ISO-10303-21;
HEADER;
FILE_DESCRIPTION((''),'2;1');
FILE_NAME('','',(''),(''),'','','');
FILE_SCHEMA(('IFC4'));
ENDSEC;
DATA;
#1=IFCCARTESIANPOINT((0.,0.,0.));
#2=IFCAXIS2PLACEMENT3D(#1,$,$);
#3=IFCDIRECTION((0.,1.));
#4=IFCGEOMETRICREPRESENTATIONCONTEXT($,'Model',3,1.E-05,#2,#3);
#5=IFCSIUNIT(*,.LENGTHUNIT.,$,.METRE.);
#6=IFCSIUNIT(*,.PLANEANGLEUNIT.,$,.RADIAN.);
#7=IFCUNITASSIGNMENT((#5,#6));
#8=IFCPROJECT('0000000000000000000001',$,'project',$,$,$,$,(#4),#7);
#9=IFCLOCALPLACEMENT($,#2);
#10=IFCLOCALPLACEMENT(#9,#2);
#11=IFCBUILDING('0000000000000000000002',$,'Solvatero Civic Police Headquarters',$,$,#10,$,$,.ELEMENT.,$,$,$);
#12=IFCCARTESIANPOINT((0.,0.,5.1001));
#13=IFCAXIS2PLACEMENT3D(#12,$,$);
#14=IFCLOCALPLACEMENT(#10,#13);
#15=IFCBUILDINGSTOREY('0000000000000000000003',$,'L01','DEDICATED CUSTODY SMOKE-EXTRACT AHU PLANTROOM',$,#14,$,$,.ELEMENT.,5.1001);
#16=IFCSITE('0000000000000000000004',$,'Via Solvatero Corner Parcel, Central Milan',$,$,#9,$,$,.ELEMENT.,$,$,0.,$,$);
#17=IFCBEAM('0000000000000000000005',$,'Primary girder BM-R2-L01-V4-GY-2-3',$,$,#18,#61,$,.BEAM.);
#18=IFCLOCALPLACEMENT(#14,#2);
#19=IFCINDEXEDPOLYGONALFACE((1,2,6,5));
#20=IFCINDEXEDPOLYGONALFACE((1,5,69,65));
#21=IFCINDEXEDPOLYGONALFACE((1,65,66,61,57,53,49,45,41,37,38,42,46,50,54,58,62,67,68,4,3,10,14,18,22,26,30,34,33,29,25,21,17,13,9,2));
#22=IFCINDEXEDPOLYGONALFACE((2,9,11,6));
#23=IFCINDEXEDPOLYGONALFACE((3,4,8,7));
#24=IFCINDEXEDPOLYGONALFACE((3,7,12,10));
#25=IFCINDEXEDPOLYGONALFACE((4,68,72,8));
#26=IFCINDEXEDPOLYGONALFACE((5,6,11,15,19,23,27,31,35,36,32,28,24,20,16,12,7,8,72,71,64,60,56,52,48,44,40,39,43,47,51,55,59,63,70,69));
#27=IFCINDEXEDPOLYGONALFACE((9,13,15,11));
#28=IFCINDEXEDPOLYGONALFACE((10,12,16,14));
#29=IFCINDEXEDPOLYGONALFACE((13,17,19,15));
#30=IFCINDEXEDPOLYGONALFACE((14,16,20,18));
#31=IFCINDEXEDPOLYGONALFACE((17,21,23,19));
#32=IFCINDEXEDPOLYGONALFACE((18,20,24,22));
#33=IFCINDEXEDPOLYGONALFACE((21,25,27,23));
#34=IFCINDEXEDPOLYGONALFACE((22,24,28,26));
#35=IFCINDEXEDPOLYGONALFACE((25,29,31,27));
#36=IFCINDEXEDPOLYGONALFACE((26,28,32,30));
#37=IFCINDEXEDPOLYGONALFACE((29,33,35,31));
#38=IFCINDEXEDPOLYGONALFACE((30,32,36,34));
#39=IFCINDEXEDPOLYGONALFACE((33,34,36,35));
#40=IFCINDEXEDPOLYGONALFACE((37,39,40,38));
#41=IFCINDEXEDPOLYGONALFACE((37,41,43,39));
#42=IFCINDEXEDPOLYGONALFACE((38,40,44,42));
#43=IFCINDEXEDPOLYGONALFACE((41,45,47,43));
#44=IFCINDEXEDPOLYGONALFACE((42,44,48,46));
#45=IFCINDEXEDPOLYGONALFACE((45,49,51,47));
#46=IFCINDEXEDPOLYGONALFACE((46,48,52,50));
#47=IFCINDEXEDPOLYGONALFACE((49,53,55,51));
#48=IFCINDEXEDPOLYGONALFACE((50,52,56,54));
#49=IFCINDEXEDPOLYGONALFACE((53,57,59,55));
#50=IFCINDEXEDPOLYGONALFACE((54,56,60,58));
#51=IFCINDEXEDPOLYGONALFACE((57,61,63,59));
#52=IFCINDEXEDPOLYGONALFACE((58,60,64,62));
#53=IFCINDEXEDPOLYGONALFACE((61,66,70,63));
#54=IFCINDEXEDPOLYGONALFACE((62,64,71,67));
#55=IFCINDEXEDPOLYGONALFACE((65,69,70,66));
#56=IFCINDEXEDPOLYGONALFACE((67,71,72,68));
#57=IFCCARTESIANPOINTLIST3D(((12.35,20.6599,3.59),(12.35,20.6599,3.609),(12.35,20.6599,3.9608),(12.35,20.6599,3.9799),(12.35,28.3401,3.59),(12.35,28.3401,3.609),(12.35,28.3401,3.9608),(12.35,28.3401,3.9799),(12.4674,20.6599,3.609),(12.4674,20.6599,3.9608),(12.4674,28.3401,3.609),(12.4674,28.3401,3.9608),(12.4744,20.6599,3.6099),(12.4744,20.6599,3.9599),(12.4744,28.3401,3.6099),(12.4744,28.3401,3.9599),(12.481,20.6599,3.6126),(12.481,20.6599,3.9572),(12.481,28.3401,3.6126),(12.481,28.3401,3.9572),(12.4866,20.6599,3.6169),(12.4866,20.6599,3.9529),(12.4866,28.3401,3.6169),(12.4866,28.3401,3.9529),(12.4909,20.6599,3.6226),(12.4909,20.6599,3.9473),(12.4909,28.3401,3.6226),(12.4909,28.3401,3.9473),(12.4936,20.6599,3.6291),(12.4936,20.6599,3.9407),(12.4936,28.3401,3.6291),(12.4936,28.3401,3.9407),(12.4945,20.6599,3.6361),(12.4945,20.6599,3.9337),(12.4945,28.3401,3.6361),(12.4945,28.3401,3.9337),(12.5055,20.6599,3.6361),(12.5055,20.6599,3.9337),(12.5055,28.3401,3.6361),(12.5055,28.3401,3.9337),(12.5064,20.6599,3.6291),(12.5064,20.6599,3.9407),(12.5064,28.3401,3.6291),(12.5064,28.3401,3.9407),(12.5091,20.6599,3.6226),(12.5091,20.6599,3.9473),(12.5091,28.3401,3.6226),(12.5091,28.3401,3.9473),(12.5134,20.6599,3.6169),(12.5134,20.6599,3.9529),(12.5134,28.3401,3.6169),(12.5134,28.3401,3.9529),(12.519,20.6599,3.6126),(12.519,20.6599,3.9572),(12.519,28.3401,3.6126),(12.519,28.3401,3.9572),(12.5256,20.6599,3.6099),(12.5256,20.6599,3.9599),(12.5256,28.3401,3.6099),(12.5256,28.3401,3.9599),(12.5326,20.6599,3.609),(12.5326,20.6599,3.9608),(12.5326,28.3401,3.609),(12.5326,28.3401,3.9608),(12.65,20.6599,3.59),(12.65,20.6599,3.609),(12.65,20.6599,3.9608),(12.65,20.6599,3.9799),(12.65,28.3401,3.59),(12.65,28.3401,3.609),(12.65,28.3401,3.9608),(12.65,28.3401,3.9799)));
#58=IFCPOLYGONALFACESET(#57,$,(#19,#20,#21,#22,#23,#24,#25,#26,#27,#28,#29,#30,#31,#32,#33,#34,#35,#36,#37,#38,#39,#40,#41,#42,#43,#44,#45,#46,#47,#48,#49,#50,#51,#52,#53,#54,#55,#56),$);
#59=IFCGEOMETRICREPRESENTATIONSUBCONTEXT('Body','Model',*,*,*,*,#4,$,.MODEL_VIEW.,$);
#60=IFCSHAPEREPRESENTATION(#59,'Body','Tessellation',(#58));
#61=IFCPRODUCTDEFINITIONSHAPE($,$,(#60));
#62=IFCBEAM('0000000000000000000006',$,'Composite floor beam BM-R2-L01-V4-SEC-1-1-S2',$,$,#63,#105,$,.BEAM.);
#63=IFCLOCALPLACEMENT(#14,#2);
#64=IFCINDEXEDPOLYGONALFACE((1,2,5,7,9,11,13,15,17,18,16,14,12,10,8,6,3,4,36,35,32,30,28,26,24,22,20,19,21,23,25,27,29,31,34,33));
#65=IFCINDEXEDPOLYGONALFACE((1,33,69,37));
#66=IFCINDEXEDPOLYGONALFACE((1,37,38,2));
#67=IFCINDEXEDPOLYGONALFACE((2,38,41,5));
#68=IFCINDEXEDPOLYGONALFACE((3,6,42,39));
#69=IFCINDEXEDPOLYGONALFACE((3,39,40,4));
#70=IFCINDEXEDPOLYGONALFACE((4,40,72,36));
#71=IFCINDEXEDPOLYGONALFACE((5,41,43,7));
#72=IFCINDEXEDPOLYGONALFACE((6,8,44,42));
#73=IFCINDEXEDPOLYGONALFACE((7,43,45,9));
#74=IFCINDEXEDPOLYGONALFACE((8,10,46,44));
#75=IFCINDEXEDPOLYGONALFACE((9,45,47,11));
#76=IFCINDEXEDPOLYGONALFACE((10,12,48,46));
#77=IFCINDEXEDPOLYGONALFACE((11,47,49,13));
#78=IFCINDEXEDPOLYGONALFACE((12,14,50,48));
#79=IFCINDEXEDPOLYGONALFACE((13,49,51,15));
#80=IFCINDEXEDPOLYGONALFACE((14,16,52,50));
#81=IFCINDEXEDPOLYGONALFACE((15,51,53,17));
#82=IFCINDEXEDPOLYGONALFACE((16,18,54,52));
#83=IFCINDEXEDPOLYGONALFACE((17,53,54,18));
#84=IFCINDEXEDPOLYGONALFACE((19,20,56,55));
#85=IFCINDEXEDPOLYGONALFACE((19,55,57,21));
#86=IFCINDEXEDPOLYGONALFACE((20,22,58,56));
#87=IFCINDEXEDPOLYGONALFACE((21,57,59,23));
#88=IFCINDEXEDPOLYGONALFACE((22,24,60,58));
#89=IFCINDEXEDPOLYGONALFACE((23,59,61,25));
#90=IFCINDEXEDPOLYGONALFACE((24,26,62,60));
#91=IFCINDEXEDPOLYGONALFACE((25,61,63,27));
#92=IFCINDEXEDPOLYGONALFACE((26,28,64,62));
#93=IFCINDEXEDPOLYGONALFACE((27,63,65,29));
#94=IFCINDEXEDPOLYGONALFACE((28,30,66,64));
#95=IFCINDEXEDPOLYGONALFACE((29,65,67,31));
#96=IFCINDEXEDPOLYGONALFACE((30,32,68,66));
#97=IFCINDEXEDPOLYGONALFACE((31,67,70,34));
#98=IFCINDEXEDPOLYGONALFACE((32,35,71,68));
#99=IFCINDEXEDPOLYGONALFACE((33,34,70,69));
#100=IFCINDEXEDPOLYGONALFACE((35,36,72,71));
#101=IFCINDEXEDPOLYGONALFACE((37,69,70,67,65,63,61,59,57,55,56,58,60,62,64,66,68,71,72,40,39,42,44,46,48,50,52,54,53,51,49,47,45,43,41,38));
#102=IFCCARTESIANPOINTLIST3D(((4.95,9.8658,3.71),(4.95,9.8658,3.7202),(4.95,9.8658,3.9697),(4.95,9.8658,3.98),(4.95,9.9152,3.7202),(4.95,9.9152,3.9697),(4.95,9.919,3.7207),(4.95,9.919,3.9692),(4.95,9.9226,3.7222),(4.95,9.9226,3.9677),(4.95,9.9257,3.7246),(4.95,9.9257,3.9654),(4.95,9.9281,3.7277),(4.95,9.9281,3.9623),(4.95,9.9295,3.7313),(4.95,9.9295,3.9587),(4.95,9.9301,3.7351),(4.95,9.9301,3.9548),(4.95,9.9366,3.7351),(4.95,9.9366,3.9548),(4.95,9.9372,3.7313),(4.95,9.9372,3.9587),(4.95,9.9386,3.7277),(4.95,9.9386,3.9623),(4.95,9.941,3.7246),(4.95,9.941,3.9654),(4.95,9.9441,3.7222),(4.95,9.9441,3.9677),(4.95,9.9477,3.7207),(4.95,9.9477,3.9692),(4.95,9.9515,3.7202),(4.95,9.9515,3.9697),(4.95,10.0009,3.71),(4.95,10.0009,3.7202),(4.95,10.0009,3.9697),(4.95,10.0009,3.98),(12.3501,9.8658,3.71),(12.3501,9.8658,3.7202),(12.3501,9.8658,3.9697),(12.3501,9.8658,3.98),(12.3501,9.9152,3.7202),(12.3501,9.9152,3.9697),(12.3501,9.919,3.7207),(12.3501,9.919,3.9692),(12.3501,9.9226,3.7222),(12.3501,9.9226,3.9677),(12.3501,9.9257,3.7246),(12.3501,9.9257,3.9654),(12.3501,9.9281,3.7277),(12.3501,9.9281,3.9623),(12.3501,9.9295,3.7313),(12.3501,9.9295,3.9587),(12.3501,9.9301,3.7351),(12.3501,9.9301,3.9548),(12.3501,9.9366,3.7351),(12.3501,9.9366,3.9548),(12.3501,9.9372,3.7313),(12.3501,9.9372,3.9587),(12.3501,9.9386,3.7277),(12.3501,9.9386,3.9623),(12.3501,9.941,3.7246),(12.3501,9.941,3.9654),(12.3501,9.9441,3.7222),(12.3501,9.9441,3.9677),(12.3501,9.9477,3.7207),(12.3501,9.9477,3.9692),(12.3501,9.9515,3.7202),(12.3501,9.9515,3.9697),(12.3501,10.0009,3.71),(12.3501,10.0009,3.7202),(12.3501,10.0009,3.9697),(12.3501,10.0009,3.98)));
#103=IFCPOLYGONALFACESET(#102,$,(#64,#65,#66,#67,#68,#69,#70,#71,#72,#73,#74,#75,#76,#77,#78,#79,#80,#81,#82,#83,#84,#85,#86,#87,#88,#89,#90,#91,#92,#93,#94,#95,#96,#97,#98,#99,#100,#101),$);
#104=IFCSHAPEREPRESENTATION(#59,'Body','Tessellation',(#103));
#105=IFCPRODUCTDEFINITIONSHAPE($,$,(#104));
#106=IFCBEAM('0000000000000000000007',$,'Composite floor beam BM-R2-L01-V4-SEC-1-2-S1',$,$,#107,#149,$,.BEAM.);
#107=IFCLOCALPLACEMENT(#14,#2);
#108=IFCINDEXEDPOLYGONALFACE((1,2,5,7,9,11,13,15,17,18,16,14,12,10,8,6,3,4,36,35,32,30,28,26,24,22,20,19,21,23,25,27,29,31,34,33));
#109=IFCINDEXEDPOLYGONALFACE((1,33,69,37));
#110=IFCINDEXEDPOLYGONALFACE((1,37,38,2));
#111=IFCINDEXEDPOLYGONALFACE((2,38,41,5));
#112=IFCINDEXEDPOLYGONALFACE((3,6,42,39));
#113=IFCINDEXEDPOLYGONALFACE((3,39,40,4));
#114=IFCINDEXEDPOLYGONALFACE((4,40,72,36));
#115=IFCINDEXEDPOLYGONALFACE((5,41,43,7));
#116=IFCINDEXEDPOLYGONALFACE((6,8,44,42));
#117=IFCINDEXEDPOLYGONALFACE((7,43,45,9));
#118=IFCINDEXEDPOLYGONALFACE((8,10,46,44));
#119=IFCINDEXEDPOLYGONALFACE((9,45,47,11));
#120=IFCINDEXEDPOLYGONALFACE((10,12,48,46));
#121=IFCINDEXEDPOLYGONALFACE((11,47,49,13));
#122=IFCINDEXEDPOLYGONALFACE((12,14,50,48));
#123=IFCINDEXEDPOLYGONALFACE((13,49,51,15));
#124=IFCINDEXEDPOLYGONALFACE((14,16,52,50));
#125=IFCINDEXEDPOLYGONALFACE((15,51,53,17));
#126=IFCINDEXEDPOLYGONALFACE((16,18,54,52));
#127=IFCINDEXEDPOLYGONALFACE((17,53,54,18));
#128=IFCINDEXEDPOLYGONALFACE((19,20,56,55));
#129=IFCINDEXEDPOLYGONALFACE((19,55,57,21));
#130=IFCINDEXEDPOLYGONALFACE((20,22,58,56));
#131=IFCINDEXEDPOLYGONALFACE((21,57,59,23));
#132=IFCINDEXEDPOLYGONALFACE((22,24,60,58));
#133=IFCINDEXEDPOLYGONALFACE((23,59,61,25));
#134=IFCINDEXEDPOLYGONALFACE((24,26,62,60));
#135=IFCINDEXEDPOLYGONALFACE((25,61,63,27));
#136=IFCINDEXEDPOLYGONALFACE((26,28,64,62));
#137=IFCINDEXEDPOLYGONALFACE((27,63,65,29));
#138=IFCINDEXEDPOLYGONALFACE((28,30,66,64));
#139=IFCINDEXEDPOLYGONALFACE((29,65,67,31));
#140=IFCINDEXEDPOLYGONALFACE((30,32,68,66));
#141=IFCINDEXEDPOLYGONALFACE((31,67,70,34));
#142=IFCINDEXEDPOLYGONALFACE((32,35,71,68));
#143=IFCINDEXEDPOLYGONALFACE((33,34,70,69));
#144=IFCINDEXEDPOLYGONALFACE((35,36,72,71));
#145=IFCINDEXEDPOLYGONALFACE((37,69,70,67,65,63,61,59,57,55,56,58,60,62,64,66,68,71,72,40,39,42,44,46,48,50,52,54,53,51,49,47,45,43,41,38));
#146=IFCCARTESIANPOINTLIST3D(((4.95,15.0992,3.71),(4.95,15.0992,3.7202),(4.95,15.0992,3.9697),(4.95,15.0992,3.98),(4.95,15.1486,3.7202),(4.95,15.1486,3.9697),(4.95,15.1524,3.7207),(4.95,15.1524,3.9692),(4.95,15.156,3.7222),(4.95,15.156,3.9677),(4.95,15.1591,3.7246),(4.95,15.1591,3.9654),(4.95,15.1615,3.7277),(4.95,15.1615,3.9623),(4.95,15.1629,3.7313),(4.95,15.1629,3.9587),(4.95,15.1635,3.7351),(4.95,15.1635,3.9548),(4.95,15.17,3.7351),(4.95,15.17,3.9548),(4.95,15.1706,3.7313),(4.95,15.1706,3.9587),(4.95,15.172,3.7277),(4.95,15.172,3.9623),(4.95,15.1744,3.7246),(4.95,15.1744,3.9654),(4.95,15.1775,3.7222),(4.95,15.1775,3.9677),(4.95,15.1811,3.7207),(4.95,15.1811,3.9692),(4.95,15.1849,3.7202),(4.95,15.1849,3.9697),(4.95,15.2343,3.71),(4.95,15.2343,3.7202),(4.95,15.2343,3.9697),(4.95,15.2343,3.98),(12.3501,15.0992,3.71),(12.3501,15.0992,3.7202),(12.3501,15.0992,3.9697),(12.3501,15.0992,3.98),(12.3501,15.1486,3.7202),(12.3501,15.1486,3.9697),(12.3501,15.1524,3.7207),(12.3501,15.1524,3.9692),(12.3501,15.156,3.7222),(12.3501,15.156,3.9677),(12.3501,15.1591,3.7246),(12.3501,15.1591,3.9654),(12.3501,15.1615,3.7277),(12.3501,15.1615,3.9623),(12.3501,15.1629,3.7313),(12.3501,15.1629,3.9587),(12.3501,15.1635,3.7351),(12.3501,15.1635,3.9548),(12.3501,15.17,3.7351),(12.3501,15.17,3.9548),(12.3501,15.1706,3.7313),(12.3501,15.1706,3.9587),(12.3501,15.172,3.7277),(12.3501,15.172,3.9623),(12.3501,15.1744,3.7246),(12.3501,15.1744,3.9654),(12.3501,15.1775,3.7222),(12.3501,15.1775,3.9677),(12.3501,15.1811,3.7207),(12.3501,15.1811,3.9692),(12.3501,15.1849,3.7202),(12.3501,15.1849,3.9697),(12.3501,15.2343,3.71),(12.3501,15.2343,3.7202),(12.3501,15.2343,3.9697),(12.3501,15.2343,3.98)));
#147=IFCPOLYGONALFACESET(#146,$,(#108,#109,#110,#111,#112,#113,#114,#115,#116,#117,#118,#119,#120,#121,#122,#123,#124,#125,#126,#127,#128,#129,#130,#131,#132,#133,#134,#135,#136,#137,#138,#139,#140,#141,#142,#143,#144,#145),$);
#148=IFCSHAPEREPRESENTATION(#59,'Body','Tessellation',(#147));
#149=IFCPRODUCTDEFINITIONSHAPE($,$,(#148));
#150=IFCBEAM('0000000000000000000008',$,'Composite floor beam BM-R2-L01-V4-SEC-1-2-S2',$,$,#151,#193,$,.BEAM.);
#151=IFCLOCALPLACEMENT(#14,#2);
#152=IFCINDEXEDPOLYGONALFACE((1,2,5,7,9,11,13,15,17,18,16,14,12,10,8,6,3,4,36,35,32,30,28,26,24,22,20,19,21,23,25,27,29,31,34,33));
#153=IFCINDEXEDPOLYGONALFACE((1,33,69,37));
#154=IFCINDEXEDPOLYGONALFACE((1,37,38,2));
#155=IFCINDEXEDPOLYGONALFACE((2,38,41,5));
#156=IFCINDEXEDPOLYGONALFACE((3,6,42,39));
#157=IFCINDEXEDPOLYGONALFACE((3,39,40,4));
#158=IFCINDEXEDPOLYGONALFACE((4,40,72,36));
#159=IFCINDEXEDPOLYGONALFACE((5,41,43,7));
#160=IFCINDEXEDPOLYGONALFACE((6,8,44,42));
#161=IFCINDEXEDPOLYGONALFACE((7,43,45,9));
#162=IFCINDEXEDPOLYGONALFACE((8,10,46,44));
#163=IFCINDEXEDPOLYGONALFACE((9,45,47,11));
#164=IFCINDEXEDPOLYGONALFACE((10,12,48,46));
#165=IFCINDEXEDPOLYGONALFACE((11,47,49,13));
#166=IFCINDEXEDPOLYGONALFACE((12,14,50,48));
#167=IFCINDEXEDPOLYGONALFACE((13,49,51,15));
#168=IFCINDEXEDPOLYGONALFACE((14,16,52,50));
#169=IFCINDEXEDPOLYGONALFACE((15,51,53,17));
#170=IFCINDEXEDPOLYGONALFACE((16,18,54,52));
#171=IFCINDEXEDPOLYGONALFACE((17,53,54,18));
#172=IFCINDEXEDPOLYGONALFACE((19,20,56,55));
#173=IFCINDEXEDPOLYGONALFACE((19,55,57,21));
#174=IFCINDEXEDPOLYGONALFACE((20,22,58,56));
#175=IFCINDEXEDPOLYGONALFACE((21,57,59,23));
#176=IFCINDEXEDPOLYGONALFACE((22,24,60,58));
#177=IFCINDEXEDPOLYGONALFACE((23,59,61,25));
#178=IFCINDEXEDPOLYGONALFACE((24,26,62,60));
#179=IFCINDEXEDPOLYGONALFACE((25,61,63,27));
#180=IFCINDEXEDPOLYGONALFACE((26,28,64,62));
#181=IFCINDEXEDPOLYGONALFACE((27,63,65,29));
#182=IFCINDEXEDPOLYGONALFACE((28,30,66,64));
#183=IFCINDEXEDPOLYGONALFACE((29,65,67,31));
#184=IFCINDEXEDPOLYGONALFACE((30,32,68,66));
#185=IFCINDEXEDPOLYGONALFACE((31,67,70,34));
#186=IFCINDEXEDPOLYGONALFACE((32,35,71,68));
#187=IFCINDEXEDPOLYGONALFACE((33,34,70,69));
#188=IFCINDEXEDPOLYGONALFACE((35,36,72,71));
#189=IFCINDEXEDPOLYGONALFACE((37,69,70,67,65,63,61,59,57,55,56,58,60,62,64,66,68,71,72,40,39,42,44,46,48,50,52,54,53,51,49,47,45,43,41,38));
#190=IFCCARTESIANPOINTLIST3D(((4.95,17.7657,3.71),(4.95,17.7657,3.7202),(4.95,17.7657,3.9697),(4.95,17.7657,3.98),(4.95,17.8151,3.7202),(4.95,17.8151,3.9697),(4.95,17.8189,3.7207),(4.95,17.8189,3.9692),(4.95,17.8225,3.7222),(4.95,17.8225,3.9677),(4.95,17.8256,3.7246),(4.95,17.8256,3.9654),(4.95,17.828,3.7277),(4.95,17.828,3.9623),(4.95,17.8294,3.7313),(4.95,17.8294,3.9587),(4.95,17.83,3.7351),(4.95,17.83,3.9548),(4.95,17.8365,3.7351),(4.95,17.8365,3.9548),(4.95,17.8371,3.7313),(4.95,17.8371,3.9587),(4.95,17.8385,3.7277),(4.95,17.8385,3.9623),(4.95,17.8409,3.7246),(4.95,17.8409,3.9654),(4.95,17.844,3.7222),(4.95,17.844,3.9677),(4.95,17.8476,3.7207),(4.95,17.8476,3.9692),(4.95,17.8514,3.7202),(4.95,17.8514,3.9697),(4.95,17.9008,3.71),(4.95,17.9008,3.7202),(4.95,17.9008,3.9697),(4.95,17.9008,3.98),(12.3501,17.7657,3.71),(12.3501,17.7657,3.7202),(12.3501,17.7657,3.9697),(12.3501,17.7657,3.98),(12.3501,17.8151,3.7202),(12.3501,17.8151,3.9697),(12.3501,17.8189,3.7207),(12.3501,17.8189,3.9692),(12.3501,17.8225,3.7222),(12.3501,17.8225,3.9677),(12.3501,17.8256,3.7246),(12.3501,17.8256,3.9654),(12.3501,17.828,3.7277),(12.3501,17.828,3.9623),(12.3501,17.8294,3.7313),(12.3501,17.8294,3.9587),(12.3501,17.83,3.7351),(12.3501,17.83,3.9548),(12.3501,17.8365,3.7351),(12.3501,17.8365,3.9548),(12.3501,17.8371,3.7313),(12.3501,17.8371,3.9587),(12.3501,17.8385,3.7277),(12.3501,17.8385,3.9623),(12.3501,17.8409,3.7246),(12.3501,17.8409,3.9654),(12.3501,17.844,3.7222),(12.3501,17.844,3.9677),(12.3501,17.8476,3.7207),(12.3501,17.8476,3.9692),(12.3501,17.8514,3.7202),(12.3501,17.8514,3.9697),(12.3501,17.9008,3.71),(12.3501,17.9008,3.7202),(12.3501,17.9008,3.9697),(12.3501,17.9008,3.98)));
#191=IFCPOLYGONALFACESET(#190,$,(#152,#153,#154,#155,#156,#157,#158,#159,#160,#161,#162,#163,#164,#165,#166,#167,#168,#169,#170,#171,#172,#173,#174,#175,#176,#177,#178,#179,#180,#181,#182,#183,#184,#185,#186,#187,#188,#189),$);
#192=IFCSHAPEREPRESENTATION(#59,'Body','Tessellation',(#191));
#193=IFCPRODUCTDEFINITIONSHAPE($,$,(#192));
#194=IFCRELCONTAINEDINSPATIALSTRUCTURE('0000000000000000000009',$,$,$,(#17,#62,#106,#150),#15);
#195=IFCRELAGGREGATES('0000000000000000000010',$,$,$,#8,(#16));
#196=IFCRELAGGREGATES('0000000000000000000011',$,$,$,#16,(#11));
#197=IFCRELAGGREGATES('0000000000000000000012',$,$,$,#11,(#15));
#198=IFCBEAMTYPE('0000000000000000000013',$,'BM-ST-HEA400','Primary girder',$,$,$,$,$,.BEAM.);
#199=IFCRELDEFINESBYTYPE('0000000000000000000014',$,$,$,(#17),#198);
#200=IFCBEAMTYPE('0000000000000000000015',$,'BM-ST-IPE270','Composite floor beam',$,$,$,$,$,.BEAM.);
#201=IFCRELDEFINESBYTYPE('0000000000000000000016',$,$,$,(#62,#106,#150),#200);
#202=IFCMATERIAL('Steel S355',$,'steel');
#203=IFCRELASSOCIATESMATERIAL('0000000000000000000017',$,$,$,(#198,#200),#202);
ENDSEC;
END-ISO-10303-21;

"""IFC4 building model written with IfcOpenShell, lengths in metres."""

from ifc_helpers import new_model, si_unit, direction, frame, origin, origin_2d, place, context, subcontext, project, spatial, i_section, extrude, material, material_profile, profile_set, type_object, element, save


model = new_model("IFC4")

# Units and contexts
model_context = context("Model", 3, precision=1e-05, world=origin(), true_north=direction((0.0, 1.0)))
body_context = subcontext(model_context, "Body", "Model", "MODEL_VIEW")
ifc_project = project(units=[si_unit("LENGTHUNIT", "METRE"), si_unit("PLANEANGLEUNIT", "RADIAN")], contexts=[model_context])

# Site, building, storey
site_placement = place(None, origin())
site = spatial("IfcSite", under=ifc_project, at=site_placement, Name="Via Solvatero Corner Parcel, Central Milan", CompositionType="ELEMENT", RefElevation=0.0)
building_placement = place(site_placement, origin())
building = spatial("IfcBuilding", under=site, at=building_placement, Name="Solvatero Civic Police Headquarters", CompositionType="ELEMENT")
storey_placement = place(building_placement, frame((0.0, 0.0, 5.1001)))
storey = spatial("IfcBuildingStorey", under=building, at=storey_placement, Name="L01", Description="DEDICATED CUSTODY SMOKE-EXTRACT AHU PLANTROOM", CompositionType="ELEMENT", Elevation=5.1001)

# Shared definitions
ifc_material_1 = material(Name="Steel S355", Category="steel")

# Beams
ifc_material_profile_1 = material_profile(ifc_material_1, i_section(OverallWidth=0.3, OverallDepth=0.3899, WebThickness=0.011, FlangeThickness=0.019, FilletRadius=0.0271, at=origin_2d()), Name="HEA 400")
ifc_profile_set_1 = profile_set([ifc_material_profile_1], Name="Steel S355")
beam_type_1 = type_object("IfcBeamType", Name="BM-ST-HEA400", Description="Primary girder", PredefinedType="BEAM", material=ifc_profile_set_1)
for number, where, z_axis, x_axis, name in (
    (1, (12.5, 20.6599, 3.7849), (0.0, 1.0, 0.0), (-1.0, 0.0, 0.0), "Primary girder BM-R2-L01-V4-GY-2-3"),
):
    element("IfcBeam", number, at=place(storey_placement, frame(where, z_axis=z_axis, x_axis=x_axis)), inside=storey, type_object=beam_type_1, Name=name, PredefinedType="BEAM", context=body_context, shape_type="SweptSolid", body=[
        extrude(i_section(OverallWidth=0.3, OverallDepth=0.3899, WebThickness=0.011, FlangeThickness=0.019, FilletRadius=0.0271, at=origin_2d()), origin(), (0.0, 0.0, 1.0), 7.6802),
    ])
ifc_material_profile_2 = material_profile(ifc_material_1, i_section(OverallWidth=0.135, OverallDepth=0.27, WebThickness=0.0066, FlangeThickness=0.0103, FilletRadius=0.0149, at=origin_2d()), Name="IPE 270")
ifc_profile_set_2 = profile_set([ifc_material_profile_2], Name="Steel S355")
beam_type_2 = type_object("IfcBeamType", Name="BM-ST-IPE270", Description="Composite floor beam", PredefinedType="BEAM", material=ifc_profile_set_2)
for number, where, z_axis, x_axis, name in (
    (2, (4.95, 9.9333, 3.845), (1.0, 0.0, 0.0), (0.0, 1.0, 0.0), "Composite floor beam BM-R2-L01-V4-SEC-1-1-S2"),
    (3, (4.95, 15.1667, 3.845), (1.0, 0.0, 0.0), (0.0, 1.0, 0.0), "Composite floor beam BM-R2-L01-V4-SEC-1-2-S1"),
    (4, (4.95, 17.8333, 3.845), (1.0, 0.0, 0.0), (0.0, 1.0, 0.0), "Composite floor beam BM-R2-L01-V4-SEC-1-2-S2"),
):
    element("IfcBeam", number, at=place(storey_placement, frame(where, z_axis=z_axis, x_axis=x_axis)), inside=storey, type_object=beam_type_2, Name=name, PredefinedType="BEAM", context=body_context, shape_type="SweptSolid", body=[
        extrude(i_section(OverallWidth=0.135, OverallDepth=0.27, WebThickness=0.0066, FlangeThickness=0.0103, FilletRadius=0.0149, at=origin_2d()), origin(), (0.0, 0.0, 1.0), 7.4001),
    ])

save(model, "model.ifc")
